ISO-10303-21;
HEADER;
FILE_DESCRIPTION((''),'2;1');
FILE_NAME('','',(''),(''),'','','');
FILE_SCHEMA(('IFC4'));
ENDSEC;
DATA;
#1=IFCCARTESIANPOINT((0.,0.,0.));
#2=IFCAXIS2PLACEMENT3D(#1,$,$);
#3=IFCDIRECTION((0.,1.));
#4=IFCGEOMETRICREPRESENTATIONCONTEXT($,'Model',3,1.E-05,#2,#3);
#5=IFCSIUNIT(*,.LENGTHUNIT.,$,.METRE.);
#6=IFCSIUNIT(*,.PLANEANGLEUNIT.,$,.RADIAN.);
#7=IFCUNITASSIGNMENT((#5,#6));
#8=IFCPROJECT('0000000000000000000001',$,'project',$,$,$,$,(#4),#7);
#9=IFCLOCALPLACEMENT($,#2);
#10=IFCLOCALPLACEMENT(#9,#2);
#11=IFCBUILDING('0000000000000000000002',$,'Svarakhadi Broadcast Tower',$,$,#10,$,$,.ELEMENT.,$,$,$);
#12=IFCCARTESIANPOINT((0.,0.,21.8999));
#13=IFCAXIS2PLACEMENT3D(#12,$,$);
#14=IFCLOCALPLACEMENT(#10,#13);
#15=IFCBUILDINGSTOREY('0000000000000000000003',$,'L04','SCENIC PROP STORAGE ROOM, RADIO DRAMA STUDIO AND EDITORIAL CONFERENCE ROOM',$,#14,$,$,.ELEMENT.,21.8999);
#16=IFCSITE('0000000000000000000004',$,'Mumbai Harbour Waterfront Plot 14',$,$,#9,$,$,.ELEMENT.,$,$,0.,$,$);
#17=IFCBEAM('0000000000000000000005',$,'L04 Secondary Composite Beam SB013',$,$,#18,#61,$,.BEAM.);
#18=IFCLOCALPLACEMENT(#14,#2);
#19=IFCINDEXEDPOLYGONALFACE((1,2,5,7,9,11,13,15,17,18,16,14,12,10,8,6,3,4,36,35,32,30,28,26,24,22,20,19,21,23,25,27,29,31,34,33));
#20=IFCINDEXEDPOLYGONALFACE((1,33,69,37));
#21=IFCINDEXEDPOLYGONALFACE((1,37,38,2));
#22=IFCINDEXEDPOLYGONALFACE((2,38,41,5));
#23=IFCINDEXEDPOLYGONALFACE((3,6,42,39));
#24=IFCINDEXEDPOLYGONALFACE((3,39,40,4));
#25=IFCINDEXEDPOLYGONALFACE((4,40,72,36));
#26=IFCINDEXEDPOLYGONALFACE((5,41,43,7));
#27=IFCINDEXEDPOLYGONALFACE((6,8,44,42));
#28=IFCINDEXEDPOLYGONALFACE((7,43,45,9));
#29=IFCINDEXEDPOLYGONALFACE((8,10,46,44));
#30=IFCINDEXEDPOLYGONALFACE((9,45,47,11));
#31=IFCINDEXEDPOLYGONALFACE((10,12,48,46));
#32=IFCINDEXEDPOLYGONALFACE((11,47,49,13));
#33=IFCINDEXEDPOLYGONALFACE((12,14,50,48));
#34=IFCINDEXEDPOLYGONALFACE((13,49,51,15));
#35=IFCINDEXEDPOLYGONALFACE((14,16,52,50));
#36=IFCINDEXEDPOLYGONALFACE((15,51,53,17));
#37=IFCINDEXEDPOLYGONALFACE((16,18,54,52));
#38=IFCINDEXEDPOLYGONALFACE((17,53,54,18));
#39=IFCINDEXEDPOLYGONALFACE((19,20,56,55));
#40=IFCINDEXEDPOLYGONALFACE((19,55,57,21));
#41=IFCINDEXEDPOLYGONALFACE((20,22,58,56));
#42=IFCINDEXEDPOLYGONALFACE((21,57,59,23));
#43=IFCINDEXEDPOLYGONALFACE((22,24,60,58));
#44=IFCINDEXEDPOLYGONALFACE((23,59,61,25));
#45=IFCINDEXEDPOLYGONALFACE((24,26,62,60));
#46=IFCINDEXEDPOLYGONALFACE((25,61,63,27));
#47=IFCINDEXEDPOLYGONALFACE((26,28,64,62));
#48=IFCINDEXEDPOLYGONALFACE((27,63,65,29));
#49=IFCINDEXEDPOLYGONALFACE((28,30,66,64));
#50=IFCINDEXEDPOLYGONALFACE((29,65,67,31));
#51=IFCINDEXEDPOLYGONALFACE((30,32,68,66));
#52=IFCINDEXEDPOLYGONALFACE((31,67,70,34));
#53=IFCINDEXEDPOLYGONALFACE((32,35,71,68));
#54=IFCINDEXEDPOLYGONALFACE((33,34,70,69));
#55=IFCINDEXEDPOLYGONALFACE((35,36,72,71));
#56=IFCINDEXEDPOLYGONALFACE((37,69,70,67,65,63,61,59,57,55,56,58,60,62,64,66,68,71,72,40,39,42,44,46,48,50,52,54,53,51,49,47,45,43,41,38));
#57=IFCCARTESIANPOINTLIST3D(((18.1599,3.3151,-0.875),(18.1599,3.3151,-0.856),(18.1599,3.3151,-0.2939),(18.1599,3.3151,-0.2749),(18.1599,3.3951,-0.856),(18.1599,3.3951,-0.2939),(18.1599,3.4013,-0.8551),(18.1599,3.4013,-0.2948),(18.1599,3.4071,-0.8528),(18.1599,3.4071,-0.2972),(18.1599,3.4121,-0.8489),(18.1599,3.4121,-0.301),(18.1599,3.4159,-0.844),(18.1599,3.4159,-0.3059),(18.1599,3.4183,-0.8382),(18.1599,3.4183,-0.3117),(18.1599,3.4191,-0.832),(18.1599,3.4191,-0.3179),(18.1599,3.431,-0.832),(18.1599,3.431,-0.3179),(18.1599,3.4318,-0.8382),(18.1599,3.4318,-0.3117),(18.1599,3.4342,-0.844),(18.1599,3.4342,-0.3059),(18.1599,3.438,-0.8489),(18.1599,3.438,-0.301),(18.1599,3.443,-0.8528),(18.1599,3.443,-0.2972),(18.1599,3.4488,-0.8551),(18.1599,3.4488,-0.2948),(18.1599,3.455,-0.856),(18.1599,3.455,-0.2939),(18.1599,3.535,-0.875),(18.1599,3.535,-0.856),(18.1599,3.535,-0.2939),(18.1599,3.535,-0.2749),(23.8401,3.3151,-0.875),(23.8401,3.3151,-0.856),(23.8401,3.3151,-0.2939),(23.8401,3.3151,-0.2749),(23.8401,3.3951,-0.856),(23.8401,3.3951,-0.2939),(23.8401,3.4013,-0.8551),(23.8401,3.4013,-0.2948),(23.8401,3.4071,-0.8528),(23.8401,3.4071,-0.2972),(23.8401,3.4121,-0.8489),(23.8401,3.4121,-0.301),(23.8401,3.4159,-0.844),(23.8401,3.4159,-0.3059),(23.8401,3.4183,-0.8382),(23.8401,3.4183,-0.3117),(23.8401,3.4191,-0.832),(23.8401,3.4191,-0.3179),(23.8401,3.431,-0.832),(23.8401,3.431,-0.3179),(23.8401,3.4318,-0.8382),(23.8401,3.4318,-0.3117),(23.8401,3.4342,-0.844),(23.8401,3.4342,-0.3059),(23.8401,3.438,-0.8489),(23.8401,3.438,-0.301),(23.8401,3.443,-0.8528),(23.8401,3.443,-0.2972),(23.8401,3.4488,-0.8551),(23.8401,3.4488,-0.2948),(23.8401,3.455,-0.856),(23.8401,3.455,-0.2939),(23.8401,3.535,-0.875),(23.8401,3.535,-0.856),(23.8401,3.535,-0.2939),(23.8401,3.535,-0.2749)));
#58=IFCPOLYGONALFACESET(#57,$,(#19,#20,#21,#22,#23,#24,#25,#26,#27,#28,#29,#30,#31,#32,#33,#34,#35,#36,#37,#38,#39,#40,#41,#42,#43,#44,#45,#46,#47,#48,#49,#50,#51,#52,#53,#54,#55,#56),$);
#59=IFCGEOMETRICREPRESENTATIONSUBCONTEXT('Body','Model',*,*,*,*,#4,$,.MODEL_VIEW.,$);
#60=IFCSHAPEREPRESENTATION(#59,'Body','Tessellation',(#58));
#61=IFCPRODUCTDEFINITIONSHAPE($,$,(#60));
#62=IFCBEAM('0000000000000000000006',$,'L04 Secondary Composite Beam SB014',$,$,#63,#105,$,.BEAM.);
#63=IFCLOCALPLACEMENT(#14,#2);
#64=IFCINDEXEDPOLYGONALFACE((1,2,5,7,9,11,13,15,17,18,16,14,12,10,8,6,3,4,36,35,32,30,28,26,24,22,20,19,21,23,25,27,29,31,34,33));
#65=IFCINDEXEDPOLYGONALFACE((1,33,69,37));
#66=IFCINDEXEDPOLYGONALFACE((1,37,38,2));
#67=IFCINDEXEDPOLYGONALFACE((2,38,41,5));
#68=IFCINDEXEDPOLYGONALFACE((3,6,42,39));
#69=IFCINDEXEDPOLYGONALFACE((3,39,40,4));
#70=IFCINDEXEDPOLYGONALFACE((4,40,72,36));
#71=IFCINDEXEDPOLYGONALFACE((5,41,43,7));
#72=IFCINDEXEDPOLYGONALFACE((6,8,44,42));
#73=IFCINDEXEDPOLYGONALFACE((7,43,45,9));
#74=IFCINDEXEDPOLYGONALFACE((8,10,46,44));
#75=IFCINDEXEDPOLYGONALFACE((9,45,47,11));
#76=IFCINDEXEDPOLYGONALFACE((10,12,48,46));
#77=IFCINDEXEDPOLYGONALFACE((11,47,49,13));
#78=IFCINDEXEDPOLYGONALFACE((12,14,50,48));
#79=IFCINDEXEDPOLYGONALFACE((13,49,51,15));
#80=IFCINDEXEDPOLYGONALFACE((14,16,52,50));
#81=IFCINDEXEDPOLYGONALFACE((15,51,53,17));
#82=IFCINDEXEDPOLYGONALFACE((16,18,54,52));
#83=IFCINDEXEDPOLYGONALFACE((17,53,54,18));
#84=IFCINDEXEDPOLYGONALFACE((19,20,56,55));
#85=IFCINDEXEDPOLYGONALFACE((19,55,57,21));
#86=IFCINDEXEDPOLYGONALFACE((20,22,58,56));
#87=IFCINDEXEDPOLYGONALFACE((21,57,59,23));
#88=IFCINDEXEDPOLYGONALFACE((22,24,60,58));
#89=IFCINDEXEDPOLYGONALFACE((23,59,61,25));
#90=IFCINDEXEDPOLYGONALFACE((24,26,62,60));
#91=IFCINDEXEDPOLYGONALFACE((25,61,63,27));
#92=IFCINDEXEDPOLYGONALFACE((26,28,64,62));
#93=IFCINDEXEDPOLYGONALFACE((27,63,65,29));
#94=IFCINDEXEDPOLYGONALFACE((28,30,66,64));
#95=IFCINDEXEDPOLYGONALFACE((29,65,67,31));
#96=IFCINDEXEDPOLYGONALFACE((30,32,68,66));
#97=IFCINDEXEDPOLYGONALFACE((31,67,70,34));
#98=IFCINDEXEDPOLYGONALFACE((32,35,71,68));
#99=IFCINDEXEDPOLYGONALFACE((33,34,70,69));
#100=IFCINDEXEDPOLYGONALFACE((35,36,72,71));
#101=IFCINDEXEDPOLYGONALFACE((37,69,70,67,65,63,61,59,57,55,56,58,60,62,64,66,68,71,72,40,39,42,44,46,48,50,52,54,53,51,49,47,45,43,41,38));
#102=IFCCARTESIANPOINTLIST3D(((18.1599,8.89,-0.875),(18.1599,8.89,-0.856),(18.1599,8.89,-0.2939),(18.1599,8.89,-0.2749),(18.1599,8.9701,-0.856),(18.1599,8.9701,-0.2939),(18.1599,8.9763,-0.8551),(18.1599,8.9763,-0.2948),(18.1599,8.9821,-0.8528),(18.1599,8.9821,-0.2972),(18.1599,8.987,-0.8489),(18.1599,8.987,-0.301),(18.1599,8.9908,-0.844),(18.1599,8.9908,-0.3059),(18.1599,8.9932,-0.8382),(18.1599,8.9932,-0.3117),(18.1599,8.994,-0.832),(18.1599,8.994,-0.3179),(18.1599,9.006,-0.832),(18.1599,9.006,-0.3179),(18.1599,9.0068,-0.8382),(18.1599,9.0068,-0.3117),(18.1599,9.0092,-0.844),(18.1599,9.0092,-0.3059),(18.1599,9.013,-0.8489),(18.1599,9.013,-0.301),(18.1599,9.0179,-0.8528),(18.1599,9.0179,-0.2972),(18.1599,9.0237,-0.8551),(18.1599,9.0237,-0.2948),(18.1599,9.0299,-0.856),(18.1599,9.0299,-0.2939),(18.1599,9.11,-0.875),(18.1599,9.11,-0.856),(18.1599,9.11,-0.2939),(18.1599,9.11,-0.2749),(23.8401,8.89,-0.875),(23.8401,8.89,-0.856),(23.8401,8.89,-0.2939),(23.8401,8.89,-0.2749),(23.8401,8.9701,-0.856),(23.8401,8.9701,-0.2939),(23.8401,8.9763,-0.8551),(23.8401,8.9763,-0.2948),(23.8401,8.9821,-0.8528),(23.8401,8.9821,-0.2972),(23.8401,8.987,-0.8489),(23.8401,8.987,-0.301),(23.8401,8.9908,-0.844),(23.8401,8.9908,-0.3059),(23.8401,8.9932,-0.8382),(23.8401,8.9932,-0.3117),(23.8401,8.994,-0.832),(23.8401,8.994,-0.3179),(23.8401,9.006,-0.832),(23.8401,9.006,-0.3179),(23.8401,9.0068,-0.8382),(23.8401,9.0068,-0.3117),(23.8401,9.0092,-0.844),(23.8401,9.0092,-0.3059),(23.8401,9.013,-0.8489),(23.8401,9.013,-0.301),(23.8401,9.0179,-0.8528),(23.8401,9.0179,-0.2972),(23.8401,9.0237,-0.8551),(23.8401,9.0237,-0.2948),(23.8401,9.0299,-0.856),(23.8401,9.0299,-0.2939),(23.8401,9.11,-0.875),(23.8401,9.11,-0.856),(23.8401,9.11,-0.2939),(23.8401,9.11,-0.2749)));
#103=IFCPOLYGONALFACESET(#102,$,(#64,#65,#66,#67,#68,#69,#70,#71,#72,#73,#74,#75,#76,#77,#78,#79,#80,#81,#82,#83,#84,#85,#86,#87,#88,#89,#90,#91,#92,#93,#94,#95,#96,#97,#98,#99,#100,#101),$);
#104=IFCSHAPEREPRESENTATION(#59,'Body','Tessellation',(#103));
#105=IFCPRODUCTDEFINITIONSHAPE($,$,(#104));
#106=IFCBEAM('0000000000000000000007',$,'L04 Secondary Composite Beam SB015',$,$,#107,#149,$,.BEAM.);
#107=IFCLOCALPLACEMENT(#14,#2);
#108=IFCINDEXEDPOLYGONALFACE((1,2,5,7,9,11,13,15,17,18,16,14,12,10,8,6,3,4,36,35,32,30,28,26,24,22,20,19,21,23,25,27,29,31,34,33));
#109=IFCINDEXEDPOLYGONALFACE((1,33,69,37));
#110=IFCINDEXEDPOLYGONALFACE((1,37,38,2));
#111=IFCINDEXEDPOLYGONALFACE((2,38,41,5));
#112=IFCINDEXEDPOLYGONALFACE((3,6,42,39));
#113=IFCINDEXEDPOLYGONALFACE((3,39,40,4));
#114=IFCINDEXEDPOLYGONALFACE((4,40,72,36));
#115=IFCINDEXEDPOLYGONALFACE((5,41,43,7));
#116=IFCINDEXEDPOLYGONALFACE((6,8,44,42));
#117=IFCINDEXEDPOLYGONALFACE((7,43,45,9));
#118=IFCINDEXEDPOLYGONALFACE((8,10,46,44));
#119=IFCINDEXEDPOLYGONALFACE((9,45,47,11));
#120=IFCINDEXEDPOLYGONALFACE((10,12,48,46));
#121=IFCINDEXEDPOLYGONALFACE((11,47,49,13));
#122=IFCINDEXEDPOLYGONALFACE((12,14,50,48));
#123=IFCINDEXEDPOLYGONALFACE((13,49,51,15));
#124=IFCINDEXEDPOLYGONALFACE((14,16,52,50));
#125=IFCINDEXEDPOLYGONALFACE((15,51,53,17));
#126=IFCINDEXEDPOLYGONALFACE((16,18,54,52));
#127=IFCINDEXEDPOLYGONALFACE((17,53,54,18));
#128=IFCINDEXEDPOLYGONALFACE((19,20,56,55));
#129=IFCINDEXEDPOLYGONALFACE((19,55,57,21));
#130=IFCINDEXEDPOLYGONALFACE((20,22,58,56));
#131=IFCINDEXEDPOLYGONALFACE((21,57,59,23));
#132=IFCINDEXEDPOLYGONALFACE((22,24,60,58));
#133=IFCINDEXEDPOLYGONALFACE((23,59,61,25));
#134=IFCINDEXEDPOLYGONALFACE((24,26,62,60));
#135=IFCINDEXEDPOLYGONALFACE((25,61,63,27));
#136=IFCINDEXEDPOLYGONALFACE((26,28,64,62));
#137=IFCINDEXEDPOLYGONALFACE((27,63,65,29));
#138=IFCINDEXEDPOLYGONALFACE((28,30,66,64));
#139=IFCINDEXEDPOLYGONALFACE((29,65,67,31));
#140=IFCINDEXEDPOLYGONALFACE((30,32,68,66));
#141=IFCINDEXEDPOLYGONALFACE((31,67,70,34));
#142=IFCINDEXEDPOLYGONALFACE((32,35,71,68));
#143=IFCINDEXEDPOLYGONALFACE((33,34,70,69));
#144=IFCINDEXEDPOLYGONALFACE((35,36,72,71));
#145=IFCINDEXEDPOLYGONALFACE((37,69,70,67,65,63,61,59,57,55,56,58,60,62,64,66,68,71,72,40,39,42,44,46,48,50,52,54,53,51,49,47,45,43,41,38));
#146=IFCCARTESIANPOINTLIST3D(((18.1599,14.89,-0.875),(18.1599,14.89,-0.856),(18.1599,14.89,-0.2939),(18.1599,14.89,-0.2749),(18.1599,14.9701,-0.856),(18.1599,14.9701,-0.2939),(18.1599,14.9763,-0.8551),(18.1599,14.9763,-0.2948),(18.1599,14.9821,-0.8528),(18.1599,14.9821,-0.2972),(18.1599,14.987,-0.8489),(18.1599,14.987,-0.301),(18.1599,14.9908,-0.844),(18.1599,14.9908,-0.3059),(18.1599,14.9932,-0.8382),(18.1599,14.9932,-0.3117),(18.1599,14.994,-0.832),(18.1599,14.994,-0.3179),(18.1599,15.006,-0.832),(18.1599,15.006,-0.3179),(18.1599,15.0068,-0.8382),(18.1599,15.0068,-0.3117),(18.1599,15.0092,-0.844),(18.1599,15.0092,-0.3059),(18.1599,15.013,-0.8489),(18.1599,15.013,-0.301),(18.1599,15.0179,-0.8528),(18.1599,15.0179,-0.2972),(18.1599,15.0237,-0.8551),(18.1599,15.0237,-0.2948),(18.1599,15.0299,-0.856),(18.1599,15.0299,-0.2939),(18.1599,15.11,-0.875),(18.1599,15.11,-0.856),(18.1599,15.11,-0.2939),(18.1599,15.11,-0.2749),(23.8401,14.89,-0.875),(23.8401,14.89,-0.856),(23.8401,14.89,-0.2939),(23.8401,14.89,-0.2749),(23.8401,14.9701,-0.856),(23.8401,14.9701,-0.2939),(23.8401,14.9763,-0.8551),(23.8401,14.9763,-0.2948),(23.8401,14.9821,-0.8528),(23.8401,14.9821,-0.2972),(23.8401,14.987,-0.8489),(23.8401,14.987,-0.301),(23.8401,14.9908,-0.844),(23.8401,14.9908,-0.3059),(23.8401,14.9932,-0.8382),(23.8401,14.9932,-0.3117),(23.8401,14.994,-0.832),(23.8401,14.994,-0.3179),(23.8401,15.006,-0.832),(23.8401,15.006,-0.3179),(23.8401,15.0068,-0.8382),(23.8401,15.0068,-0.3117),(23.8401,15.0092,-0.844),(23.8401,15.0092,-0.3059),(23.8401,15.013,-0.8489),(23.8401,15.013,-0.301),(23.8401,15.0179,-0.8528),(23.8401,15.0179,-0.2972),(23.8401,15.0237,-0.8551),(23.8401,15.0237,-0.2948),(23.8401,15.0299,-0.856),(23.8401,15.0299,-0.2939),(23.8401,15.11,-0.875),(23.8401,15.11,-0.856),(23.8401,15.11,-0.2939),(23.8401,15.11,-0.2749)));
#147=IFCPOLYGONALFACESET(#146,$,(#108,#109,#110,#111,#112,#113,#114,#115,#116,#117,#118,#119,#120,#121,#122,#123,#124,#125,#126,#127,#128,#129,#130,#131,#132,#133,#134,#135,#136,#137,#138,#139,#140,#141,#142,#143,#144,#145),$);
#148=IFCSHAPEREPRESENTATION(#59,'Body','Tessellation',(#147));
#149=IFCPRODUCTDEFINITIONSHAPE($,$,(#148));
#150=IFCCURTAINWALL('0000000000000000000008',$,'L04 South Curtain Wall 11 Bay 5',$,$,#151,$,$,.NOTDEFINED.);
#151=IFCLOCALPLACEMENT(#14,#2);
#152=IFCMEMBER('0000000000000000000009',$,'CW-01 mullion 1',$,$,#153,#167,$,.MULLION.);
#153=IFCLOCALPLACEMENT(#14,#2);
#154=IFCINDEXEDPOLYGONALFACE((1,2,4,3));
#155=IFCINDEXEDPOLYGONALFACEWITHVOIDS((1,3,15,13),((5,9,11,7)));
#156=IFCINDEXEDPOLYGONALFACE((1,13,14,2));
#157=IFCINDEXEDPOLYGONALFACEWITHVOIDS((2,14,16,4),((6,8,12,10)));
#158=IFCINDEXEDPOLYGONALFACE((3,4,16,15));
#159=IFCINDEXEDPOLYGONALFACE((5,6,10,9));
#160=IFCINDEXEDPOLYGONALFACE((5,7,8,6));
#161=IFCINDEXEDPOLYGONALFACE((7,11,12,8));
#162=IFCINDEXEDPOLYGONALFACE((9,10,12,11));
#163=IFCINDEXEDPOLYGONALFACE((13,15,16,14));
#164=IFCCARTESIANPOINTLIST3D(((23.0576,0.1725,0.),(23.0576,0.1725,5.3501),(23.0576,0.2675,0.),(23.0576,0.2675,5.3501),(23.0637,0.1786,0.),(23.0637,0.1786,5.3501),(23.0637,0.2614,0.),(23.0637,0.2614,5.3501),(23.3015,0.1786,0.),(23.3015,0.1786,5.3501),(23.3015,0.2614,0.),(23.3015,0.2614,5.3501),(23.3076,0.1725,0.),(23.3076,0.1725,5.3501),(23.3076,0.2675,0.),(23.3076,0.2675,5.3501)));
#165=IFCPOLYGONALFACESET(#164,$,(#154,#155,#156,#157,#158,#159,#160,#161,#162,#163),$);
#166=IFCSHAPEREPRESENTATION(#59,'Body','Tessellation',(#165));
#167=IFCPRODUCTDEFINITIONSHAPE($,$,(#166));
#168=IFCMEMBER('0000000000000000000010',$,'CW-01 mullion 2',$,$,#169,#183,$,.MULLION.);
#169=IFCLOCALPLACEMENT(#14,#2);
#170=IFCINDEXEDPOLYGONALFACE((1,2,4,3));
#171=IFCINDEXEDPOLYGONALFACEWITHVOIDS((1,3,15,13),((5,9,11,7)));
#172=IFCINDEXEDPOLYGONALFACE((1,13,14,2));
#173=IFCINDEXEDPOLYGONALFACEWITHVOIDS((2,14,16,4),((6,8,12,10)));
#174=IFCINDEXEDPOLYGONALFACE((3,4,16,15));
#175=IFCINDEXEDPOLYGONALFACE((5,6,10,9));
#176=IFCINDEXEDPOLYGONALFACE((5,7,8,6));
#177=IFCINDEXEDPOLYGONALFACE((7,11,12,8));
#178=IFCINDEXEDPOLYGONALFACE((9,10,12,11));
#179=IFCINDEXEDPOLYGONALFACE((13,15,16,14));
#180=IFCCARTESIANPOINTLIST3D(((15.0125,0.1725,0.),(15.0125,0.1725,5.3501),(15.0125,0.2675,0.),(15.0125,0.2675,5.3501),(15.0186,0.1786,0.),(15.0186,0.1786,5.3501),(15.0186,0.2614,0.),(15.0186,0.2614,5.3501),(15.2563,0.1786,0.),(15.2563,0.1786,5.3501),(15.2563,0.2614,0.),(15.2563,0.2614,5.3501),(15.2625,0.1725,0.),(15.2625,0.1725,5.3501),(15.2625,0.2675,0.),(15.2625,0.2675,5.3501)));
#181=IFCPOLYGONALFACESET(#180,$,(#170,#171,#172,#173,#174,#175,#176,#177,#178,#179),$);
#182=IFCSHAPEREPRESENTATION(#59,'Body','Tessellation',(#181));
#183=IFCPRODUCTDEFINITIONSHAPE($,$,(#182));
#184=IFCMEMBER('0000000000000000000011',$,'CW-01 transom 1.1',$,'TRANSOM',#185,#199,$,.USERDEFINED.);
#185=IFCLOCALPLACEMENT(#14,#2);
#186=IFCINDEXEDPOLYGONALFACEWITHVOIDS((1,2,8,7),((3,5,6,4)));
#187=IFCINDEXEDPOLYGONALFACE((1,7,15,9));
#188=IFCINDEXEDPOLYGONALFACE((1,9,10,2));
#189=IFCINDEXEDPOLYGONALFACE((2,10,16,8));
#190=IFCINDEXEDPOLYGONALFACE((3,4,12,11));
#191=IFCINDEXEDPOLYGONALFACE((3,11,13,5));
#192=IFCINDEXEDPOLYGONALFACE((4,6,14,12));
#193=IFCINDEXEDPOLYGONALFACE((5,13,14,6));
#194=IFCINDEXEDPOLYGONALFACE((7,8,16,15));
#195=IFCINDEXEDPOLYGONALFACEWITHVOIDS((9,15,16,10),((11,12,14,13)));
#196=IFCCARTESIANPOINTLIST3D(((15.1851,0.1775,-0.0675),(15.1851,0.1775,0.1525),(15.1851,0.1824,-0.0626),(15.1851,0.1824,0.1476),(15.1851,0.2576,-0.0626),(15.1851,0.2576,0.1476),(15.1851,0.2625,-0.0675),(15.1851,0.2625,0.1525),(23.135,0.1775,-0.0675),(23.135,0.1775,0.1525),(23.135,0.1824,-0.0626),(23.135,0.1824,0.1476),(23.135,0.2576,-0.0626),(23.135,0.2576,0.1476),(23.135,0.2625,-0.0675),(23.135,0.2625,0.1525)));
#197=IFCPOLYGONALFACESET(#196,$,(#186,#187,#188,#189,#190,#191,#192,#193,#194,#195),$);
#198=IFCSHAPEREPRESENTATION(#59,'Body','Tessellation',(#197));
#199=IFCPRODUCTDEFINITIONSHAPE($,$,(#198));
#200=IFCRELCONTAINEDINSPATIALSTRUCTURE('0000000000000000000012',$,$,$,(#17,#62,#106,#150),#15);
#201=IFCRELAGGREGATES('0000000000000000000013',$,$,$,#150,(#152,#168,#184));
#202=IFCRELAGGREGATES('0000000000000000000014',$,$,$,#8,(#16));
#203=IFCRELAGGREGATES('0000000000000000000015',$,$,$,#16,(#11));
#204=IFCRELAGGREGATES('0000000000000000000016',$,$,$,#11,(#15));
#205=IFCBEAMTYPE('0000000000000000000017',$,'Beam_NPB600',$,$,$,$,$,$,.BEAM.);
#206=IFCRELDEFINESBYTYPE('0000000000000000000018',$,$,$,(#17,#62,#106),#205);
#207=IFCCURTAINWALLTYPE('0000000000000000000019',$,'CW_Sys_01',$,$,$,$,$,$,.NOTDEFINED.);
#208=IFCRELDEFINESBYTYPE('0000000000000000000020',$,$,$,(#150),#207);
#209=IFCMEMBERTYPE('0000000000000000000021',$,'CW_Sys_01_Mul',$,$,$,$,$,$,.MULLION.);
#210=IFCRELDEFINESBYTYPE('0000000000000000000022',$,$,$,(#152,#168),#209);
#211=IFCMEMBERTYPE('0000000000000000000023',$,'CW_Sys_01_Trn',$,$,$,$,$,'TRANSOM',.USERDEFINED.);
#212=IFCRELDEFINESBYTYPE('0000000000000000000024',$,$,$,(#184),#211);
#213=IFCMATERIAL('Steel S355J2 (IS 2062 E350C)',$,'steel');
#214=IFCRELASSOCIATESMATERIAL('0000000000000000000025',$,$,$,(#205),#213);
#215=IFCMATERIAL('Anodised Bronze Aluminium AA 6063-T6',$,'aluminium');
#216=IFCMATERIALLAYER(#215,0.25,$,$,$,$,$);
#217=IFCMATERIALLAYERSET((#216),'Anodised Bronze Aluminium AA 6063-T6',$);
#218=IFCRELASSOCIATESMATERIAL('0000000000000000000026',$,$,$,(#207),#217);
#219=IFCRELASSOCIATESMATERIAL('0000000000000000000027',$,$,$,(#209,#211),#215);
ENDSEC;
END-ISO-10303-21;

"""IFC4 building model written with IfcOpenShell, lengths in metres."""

from ifc_helpers import new_model, si_unit, direction, frame, origin, origin_2d, place, context, subcontext, project, spatial, hollow_rectangle, i_section, extrude, material, layer, layer_set, material_profile, profile_set, type_object, element, aggregate, save


model = new_model("IFC4")

# Units and contexts
model_context = context("Model", 3, precision=1e-05, world=origin(), true_north=direction((0.0, 1.0)))
body_context = subcontext(model_context, "Body", "Model", "MODEL_VIEW")
ifc_project = project(units=[si_unit("LENGTHUNIT", "METRE"), si_unit("PLANEANGLEUNIT", "RADIAN")], contexts=[model_context])

# Site, building, storey
site_placement = place(None, origin())
site = spatial("IfcSite", under=ifc_project, at=site_placement, Name="Mumbai Harbour Waterfront Plot 14", CompositionType="ELEMENT", RefElevation=0.0)
building_placement = place(site_placement, origin())
building = spatial("IfcBuilding", under=site, at=building_placement, Name="Svarakhadi Broadcast Tower", CompositionType="ELEMENT")
storey_placement = place(building_placement, frame((0.0, 0.0, 21.8999)))
storey = spatial("IfcBuildingStorey", under=building, at=storey_placement, Name="L04", Description="SCENIC PROP STORAGE ROOM, RADIO DRAMA STUDIO AND EDITORIAL CONFERENCE ROOM", CompositionType="ELEMENT", Elevation=21.8999)

# Beams
ifc_material_1 = material(Name="Steel S355J2 (IS 2062 E350C)", Category="steel")
ifc_material_profile_1 = material_profile(ifc_material_1, i_section(OverallWidth=0.22, OverallDepth=0.6001, WebThickness=0.012, FlangeThickness=0.019, FilletRadius=0.0239, at=origin_2d()), Name="NPB 600x220x122")
ifc_profile_set_1 = profile_set([ifc_material_profile_1], Name="Steel S355J2 (IS 2062 E350C)")
beam_type_1 = type_object("IfcBeamType", Name="Beam_NPB600", PredefinedType="BEAM", material=ifc_profile_set_1)
for number, where, z_axis, x_axis, name in (
    (1, (18.1599, 3.425, -0.575), (1.0, 0.0, 0.0), (0.0, 1.0, 0.0), "L04 Secondary Composite Beam SB013"),
    (2, (18.1599, 9.0, -0.575), (1.0, 0.0, 0.0), (0.0, 1.0, 0.0), "L04 Secondary Composite Beam SB014"),
    (3, (18.1599, 15.0, -0.575), (1.0, 0.0, 0.0), (0.0, 1.0, 0.0), "L04 Secondary Composite Beam SB015"),
):
    element("IfcBeam", number, at=place(storey_placement, frame(where, z_axis=z_axis, x_axis=x_axis)), inside=storey, type_object=beam_type_1, Name=name, PredefinedType="BEAM", context=body_context, shape_type="SweptSolid", body=[
        extrude(i_section(OverallWidth=0.22, OverallDepth=0.6001, WebThickness=0.012, FlangeThickness=0.019, FilletRadius=0.0239, at=origin_2d()), origin(), (0.0, 0.0, 1.0), 5.6802),
    ])

# Curtain wall, members
ifc_material_2 = material(Name="Anodised Bronze Aluminium AA 6063-T6", Category="aluminium")
ifc_layer_1 = layer(ifc_material_2, 0.25)
ifc_layer_set_1 = layer_set([ifc_layer_1], Name="Anodised Bronze Aluminium AA 6063-T6")
curtain_wall_type = type_object("IfcCurtainWallType", Name="CW_Sys_01", PredefinedType="NOTDEFINED", material=ifc_layer_set_1)
curtain_wall_placement = place(storey_placement, origin())
curtain_wall = element("IfcCurtainWall", 4, at=curtain_wall_placement, inside=storey, type_object=curtain_wall_type, Name="L04 South Curtain Wall 11 Bay 5", PredefinedType="NOTDEFINED")
ifc_material_profile_2 = material_profile(ifc_material_2, hollow_rectangle(XDim=0.095, YDim=0.25, WallThickness=0.0061, at=origin_2d()), Name="ALU MULLION 250x95x6")
ifc_profile_set_2 = profile_set([ifc_material_profile_2], Name="Anodised Bronze Aluminium AA 6063-T6")
member_type_1 = type_object("IfcMemberType", Name="CW_Sys_01_Mul", PredefinedType="MULLION", material=ifc_profile_set_2)
member_1_placement = place(storey_placement, frame((23.1826, 0.22, 0.0), z_axis=(0.0, 0.0, 1.0), x_axis=(0.0, -1.0, 0.0)))
member_1 = element("IfcMember", 5, at=member_1_placement, type_object=member_type_1, Name="CW-01 mullion 1", PredefinedType="MULLION", context=body_context, shape_type="SweptSolid", body=[
    extrude(hollow_rectangle(XDim=0.095, YDim=0.25, WallThickness=0.0061, at=origin_2d()), origin(), (0.0, 0.0, 1.0), 5.3501),
])
member_2_placement = place(storey_placement, frame((15.1375, 0.22, 0.0), z_axis=(0.0, 0.0, 1.0), x_axis=(0.0, -1.0, 0.0)))
member_2 = element("IfcMember", 6, at=member_2_placement, type_object=member_type_1, Name="CW-01 mullion 2", PredefinedType="MULLION", context=body_context, shape_type="SweptSolid", body=[
    extrude(hollow_rectangle(XDim=0.095, YDim=0.25, WallThickness=0.0061, at=origin_2d()), origin(), (0.0, 0.0, 1.0), 5.3501),
])
ifc_material_profile_3 = material_profile(ifc_material_2, hollow_rectangle(XDim=0.085, YDim=0.22, WallThickness=0.0049, at=origin_2d()), Name="ALU TRANSOM 220x85x5")
ifc_profile_set_3 = profile_set([ifc_material_profile_3], Name="Anodised Bronze Aluminium AA 6063-T6")
member_type_2 = type_object("IfcMemberType", Name="CW_Sys_01_Trn", ElementType="TRANSOM", PredefinedType="USERDEFINED", material=ifc_profile_set_3)
member_3_placement = place(storey_placement, frame((23.135, 0.22, 0.0425), z_axis=(-1.0, 0.0, 0.0), x_axis=(0.0, -1.0, 0.0)))
member_3 = element("IfcMember", 7, at=member_3_placement, type_object=member_type_2, Name="CW-01 transom 1.1", ObjectType="TRANSOM", PredefinedType="USERDEFINED", context=body_context, shape_type="SweptSolid", body=[
    extrude(hollow_rectangle(XDim=0.085, YDim=0.22, WallThickness=0.0049, at=origin_2d()), origin(), (0.0, 0.0, 1.0), 7.95),
])

aggregate(curtain_wall, [member_1, member_2, member_3])

save(model, "model.ifc")
